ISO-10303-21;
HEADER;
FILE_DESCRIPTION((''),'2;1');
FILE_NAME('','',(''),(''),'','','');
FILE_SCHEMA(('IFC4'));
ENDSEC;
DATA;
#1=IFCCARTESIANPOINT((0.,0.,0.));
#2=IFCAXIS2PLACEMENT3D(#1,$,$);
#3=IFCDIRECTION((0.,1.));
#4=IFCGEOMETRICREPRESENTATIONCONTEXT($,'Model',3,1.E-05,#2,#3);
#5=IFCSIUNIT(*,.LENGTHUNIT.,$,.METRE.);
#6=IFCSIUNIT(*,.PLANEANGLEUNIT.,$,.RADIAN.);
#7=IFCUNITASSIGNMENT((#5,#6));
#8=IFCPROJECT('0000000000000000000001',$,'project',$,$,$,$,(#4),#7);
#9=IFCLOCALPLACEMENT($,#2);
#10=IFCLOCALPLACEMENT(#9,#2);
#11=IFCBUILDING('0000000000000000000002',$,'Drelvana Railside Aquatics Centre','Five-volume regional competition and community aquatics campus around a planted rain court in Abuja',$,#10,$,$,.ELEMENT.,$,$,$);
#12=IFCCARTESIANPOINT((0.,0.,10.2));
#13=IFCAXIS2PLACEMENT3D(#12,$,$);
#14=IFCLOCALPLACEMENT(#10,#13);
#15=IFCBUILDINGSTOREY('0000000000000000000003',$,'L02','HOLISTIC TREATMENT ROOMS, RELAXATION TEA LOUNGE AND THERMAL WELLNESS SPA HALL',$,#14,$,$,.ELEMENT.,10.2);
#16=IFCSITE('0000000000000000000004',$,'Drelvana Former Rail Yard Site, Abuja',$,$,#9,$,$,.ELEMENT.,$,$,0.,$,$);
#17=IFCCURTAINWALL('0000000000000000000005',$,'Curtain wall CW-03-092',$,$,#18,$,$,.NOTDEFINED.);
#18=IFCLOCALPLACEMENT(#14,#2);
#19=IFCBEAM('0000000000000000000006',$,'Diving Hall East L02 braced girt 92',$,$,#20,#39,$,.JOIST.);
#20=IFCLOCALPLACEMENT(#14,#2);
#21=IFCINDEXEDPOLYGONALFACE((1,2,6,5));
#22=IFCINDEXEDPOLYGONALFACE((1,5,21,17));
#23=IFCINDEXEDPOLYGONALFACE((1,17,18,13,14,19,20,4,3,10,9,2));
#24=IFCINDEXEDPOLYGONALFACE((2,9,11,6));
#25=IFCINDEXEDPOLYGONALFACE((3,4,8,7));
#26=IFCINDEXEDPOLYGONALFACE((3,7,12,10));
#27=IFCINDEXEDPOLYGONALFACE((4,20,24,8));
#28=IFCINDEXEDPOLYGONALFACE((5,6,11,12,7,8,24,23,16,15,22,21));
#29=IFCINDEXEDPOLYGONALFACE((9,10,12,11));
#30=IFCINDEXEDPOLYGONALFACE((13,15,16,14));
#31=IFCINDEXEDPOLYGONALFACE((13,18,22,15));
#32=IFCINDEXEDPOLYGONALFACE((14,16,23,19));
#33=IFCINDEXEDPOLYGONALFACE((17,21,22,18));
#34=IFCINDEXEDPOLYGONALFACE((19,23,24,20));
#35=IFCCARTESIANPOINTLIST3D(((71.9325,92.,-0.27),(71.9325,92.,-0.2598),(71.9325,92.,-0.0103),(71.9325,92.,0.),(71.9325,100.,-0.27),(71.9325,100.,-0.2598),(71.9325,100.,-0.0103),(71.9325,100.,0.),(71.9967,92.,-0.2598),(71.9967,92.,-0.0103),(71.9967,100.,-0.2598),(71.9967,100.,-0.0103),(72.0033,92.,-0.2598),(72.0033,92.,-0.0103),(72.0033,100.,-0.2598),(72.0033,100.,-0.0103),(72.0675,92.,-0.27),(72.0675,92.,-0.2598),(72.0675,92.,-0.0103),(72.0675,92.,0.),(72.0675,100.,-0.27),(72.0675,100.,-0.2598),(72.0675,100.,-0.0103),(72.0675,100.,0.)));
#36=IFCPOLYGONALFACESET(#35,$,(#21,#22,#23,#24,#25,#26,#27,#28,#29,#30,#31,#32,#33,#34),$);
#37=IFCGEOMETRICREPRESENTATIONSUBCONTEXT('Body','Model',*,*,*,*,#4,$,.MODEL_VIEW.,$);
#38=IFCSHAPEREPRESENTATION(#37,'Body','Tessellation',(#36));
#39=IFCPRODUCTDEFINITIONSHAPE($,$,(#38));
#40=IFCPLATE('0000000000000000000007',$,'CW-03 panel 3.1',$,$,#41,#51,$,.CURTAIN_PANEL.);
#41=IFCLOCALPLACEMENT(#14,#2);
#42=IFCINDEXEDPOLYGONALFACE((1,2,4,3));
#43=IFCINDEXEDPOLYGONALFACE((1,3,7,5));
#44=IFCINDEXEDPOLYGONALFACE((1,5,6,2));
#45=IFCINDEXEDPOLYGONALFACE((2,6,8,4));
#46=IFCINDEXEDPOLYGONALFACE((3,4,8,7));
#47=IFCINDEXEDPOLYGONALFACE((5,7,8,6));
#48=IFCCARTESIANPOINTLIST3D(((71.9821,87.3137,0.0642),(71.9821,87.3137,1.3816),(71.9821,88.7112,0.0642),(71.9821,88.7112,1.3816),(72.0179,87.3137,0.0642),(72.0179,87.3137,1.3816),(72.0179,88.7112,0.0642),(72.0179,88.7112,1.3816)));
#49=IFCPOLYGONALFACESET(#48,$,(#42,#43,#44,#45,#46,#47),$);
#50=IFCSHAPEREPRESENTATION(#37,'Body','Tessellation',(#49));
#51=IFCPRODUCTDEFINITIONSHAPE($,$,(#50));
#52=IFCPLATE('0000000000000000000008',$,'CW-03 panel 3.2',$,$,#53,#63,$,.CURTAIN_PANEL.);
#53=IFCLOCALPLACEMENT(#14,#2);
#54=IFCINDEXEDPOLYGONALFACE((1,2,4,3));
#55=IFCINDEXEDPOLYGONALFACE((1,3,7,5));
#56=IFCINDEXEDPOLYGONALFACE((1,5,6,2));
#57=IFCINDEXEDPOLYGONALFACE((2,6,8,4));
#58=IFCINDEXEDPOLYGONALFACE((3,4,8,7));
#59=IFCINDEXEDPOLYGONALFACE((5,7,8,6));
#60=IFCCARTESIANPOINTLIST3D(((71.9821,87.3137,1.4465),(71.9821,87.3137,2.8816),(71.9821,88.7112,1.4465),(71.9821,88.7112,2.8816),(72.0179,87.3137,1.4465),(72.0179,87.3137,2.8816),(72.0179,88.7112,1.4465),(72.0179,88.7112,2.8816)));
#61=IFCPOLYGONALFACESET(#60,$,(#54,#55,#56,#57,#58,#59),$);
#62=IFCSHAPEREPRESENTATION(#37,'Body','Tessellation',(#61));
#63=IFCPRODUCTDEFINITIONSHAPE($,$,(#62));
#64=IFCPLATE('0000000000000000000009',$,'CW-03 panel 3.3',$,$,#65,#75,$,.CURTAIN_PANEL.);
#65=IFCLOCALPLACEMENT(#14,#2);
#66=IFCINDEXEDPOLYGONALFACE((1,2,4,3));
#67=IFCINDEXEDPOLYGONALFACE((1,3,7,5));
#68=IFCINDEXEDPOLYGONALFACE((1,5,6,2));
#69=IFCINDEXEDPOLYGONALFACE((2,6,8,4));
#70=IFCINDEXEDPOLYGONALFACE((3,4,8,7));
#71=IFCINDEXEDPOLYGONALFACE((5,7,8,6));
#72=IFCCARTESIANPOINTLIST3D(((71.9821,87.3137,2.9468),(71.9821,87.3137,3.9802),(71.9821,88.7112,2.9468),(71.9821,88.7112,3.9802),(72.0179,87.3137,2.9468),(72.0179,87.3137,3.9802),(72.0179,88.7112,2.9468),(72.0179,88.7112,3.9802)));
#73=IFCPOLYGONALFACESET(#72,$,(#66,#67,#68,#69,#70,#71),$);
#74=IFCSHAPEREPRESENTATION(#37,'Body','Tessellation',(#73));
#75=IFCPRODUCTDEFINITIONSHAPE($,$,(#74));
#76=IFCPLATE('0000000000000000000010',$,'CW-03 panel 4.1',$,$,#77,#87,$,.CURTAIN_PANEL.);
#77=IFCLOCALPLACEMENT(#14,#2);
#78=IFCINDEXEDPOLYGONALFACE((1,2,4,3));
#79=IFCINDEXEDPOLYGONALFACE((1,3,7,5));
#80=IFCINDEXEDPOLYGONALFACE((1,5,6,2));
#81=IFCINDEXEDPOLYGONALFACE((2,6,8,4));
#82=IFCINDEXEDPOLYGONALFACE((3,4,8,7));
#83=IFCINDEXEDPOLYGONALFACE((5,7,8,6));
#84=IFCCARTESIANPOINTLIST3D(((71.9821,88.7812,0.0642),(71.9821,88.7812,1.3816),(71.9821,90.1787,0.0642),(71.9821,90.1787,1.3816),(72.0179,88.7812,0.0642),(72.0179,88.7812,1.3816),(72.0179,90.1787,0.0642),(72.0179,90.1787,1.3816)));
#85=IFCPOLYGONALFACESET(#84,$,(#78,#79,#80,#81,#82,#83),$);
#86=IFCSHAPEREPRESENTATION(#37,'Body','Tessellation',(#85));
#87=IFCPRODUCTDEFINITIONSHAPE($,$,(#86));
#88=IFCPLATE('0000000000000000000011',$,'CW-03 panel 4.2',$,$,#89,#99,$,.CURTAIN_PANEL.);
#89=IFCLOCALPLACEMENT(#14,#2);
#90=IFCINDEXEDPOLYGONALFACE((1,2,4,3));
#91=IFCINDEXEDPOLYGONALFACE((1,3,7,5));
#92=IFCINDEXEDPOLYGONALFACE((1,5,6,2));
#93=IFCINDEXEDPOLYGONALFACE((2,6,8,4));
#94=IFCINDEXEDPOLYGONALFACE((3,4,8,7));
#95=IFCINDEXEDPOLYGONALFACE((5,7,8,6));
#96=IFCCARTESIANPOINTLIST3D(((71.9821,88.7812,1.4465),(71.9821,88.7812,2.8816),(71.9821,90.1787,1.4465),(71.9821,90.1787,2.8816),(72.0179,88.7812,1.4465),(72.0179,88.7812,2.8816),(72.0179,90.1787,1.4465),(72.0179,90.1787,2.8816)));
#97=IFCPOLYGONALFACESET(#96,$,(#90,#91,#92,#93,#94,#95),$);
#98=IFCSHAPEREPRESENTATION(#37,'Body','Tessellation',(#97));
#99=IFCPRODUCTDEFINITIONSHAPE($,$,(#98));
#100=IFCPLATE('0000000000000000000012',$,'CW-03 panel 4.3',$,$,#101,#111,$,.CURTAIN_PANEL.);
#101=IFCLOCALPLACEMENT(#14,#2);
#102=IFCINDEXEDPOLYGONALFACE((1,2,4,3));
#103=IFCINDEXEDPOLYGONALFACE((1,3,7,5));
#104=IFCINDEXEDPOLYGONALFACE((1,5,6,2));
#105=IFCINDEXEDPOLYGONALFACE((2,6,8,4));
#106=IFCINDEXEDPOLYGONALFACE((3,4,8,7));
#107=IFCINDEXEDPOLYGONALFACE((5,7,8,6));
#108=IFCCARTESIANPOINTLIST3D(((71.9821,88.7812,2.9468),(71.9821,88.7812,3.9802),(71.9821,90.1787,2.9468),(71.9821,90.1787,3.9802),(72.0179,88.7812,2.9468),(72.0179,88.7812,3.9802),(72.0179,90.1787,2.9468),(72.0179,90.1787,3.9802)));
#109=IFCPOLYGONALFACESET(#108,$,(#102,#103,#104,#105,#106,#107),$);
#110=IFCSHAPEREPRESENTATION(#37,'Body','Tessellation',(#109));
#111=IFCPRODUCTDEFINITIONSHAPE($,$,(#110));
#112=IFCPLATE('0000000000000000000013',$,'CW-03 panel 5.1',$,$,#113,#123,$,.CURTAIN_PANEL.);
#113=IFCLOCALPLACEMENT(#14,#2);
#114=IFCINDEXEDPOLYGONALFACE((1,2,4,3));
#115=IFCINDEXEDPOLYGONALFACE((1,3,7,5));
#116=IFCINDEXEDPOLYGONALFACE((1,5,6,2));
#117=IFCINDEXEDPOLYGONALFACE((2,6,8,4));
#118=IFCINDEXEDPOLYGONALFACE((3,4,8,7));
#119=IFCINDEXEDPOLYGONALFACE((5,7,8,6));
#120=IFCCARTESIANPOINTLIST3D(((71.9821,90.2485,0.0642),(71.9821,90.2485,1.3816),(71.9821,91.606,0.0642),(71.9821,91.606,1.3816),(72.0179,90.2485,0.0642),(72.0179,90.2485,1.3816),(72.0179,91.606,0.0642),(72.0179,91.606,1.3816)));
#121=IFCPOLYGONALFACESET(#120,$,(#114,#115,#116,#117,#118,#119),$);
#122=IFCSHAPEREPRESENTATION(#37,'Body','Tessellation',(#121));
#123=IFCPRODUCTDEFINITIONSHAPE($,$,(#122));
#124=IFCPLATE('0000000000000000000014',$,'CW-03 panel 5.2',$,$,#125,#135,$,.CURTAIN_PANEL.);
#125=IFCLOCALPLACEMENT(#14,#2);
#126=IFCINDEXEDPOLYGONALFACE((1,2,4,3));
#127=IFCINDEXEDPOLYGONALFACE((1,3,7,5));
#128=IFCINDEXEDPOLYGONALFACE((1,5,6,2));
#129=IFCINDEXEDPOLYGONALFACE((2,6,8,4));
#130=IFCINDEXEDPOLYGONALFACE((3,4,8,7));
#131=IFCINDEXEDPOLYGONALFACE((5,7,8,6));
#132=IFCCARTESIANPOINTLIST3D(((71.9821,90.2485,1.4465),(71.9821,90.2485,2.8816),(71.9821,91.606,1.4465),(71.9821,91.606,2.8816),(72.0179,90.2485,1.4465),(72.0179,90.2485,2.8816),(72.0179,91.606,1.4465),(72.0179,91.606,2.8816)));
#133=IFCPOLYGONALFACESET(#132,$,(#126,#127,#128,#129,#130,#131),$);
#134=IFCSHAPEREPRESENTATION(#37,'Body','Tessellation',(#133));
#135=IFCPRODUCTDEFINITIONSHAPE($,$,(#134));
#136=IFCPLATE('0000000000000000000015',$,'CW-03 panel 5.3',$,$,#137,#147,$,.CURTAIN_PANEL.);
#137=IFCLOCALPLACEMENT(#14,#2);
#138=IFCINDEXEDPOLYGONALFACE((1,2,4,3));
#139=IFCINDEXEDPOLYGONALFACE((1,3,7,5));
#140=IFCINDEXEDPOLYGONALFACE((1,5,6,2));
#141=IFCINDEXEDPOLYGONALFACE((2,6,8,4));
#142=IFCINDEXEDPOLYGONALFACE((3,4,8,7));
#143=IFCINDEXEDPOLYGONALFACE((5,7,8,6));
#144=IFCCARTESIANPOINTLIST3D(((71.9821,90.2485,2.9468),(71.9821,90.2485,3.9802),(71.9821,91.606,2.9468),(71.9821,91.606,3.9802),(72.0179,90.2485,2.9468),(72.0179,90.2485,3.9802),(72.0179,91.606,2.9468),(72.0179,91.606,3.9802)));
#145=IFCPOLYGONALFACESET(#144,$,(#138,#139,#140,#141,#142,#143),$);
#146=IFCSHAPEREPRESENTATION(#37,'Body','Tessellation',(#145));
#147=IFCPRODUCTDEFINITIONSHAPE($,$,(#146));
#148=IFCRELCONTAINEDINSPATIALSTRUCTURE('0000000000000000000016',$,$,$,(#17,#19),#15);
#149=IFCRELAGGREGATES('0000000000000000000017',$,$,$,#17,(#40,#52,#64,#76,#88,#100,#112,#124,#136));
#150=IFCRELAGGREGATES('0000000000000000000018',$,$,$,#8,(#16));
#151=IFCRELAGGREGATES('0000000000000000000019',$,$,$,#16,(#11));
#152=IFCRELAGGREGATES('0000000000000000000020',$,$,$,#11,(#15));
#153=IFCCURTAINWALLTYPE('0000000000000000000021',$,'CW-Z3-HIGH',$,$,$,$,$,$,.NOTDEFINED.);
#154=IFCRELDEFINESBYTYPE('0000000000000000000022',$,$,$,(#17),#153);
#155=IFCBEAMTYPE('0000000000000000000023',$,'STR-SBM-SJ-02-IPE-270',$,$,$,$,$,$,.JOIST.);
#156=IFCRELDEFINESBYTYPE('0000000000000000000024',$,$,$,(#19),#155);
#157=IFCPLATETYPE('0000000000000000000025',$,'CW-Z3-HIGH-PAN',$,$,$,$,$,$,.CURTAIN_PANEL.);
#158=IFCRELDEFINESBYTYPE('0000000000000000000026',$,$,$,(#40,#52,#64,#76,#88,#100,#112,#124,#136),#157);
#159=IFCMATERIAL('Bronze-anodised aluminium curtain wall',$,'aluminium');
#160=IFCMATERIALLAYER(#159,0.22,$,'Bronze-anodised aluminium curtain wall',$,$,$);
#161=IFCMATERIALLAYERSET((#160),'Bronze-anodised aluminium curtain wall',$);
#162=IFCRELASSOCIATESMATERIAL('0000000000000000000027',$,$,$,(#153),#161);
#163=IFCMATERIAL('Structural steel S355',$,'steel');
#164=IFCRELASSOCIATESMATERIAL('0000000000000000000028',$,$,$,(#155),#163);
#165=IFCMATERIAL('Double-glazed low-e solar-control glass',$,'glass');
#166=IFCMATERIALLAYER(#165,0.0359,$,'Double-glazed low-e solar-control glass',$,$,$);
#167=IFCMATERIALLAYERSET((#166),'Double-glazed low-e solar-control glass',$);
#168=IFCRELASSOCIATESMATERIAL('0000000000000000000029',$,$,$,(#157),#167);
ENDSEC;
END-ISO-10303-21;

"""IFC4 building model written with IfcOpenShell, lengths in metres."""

from ifc_helpers import new_model, si_unit, direction, frame, origin, origin_2d, place, context, subcontext, project, spatial, rectangle, i_section, extrude, material, layer, layer_set, material_profile, profile_set, type_object, element, aggregate, save


model = new_model("IFC4")

# Units and contexts
model_context = context("Model", 3, precision=1e-05, world=origin(), true_north=direction((0.0, 1.0)))
body_context = subcontext(model_context, "Body", "Model", "MODEL_VIEW")
ifc_project = project(units=[si_unit("LENGTHUNIT", "METRE"), si_unit("PLANEANGLEUNIT", "RADIAN")], contexts=[model_context])

# Site, building, storey
site_placement = place(None, origin())
site = spatial("IfcSite", under=ifc_project, at=site_placement, Name="Drelvana Former Rail Yard Site, Abuja", CompositionType="ELEMENT", RefElevation=0.0)
building_placement = place(site_placement, origin())
building = spatial("IfcBuilding", under=site, at=building_placement, Name="Drelvana Railside Aquatics Centre", Description="Five-volume regional competition and community aquatics campus around a planted rain court in Abuja", CompositionType="ELEMENT")
storey_placement = place(building_placement, frame((0.0, 0.0, 10.2)))
storey = spatial("IfcBuildingStorey", under=building, at=storey_placement, Name="L02", Description="HOLISTIC TREATMENT ROOMS, RELAXATION TEA LOUNGE AND THERMAL WELLNESS SPA HALL", CompositionType="ELEMENT", Elevation=10.2)

# Curtain wall
ifc_material_1 = material(Name="Bronze-anodised aluminium curtain wall", Category="aluminium")
ifc_layer_1 = layer(ifc_material_1, 0.22, Name="Bronze-anodised aluminium curtain wall")
ifc_layer_set_1 = layer_set([ifc_layer_1], Name="Bronze-anodised aluminium curtain wall")
curtain_wall_type = type_object("IfcCurtainWallType", Name="CW-Z3-HIGH", PredefinedType="NOTDEFINED", material=ifc_layer_set_1)
curtain_wall_placement = place(storey_placement, origin())
curtain_wall = element("IfcCurtainWall", 1, at=curtain_wall_placement, inside=storey, type_object=curtain_wall_type, Name="Curtain wall CW-03-092", PredefinedType="NOTDEFINED")

# Beam
ifc_material_2 = material(Name="Structural steel S355", Category="steel")
ifc_material_profile_1 = material_profile(ifc_material_2, i_section(OverallWidth=0.135, OverallDepth=0.27, WebThickness=0.0066, FlangeThickness=0.0103, at=origin_2d()), Name="IPE 270")
ifc_profile_set_1 = profile_set([ifc_material_profile_1], Name="Structural steel S355")
beam_type = type_object("IfcBeamType", Name="STR-SBM-SJ-02-IPE-270", PredefinedType="JOIST", material=ifc_profile_set_1)
beam_placement = place(storey_placement, frame((72.0, 92.0, -0.135), z_axis=(0.0, 1.0, 0.0), x_axis=(-1.0, 0.0, 0.0)))
element("IfcBeam", 2, at=beam_placement, inside=storey, type_object=beam_type, Name="Diving Hall East L02 braced girt 92", PredefinedType="JOIST", context=body_context, shape_type="SweptSolid", body=[
    extrude(i_section(OverallWidth=0.135, OverallDepth=0.27, WebThickness=0.0066, FlangeThickness=0.0103, at=origin_2d()), origin(), (0.0, 0.0, 1.0), 8.0),
])

# Plates
ifc_material_3 = material(Name="Double-glazed low-e solar-control glass", Category="glass")
ifc_layer_2 = layer(ifc_material_3, 0.0359, Name="Double-glazed low-e solar-control glass")
ifc_layer_set_2 = layer_set([ifc_layer_2], Name="Double-glazed low-e solar-control glass")
plate_type = type_object("IfcPlateType", Name="CW-Z3-HIGH-PAN", PredefinedType="CURTAIN_PANEL", material=ifc_layer_set_2)
plate_1_placement = place(storey_placement, frame((72.0, 88.0125, 0.0642), z_axis=(0.0, 0.0, 1.0), x_axis=(0.0, 1.0, 0.0)))
plate_1 = element("IfcPlate", 3, at=plate_1_placement, type_object=plate_type, Name="CW-03 panel 3.1", PredefinedType="CURTAIN_PANEL", context=body_context, shape_type="SweptSolid", body=[
    extrude(rectangle(XDim=1.3975, YDim=0.0359, at=origin_2d()), origin(), (0.0, 0.0, 1.0), 1.3174),
])
plate_2_placement = place(storey_placement, frame((72.0, 88.0125, 1.4465), z_axis=(0.0, 0.0, 1.0), x_axis=(0.0, 1.0, 0.0)))
plate_2 = element("IfcPlate", 4, at=plate_2_placement, type_object=plate_type, Name="CW-03 panel 3.2", PredefinedType="CURTAIN_PANEL", context=body_context, shape_type="SweptSolid", body=[
    extrude(rectangle(XDim=1.3975, YDim=0.0359, at=origin_2d()), origin(), (0.0, 0.0, 1.0), 1.4351),
])
plate_3_placement = place(storey_placement, frame((72.0, 88.0125, 2.9468), z_axis=(0.0, 0.0, 1.0), x_axis=(0.0, 1.0, 0.0)))
plate_3 = element("IfcPlate", 5, at=plate_3_placement, type_object=plate_type, Name="CW-03 panel 3.3", PredefinedType="CURTAIN_PANEL", context=body_context, shape_type="SweptSolid", body=[
    extrude(rectangle(XDim=1.3975, YDim=0.0359, at=origin_2d()), origin(), (0.0, 0.0, 1.0), 1.0334),
])
plate_4_placement = place(storey_placement, frame((72.0, 89.48, 0.0642), z_axis=(0.0, 0.0, 1.0), x_axis=(0.0, 1.0, 0.0)))
plate_4 = element("IfcPlate", 6, at=plate_4_placement, type_object=plate_type, Name="CW-03 panel 4.1", PredefinedType="CURTAIN_PANEL", context=body_context, shape_type="SweptSolid", body=[
    extrude(rectangle(XDim=1.3975, YDim=0.0359, at=origin_2d()), origin(), (0.0, 0.0, 1.0), 1.3174),
])
plate_5_placement = place(storey_placement, frame((72.0, 89.48, 1.4465), z_axis=(0.0, 0.0, 1.0), x_axis=(0.0, 1.0, 0.0)))
plate_5 = element("IfcPlate", 7, at=plate_5_placement, type_object=plate_type, Name="CW-03 panel 4.2", PredefinedType="CURTAIN_PANEL", context=body_context, shape_type="SweptSolid", body=[
    extrude(rectangle(XDim=1.3975, YDim=0.0359, at=origin_2d()), origin(), (0.0, 0.0, 1.0), 1.4351),
])
plate_6_placement = place(storey_placement, frame((72.0, 89.48, 2.9468), z_axis=(0.0, 0.0, 1.0), x_axis=(0.0, 1.0, 0.0)))
plate_6 = element("IfcPlate", 8, at=plate_6_placement, type_object=plate_type, Name="CW-03 panel 4.3", PredefinedType="CURTAIN_PANEL", context=body_context, shape_type="SweptSolid", body=[
    extrude(rectangle(XDim=1.3975, YDim=0.0359, at=origin_2d()), origin(), (0.0, 0.0, 1.0), 1.0334),
])
plate_7_placement = place(storey_placement, frame((72.0, 90.9272, 0.0642), z_axis=(0.0, 0.0, 1.0), x_axis=(0.0, 1.0, 0.0)))
plate_7 = element("IfcPlate", 9, at=plate_7_placement, type_object=plate_type, Name="CW-03 panel 5.1", PredefinedType="CURTAIN_PANEL", context=body_context, shape_type="SweptSolid", body=[
    extrude(rectangle(XDim=1.3574, YDim=0.0359, at=origin_2d()), origin(), (0.0, 0.0, 1.0), 1.3174),
])
plate_8_placement = place(storey_placement, frame((72.0, 90.9272, 1.4465), z_axis=(0.0, 0.0, 1.0), x_axis=(0.0, 1.0, 0.0)))
plate_8 = element("IfcPlate", 10, at=plate_8_placement, type_object=plate_type, Name="CW-03 panel 5.2", PredefinedType="CURTAIN_PANEL", context=body_context, shape_type="SweptSolid", body=[
    extrude(rectangle(XDim=1.3574, YDim=0.0359, at=origin_2d()), origin(), (0.0, 0.0, 1.0), 1.4351),
])
plate_9_placement = place(storey_placement, frame((72.0, 90.9272, 2.9468), z_axis=(0.0, 0.0, 1.0), x_axis=(0.0, 1.0, 0.0)))
plate_9 = element("IfcPlate", 11, at=plate_9_placement, type_object=plate_type, Name="CW-03 panel 5.3", PredefinedType="CURTAIN_PANEL", context=body_context, shape_type="SweptSolid", body=[
    extrude(rectangle(XDim=1.3574, YDim=0.0359, at=origin_2d()), origin(), (0.0, 0.0, 1.0), 1.0334),
])
aggregate(curtain_wall, [plate_1, plate_2, plate_3, plate_4, plate_5, plate_6, plate_7, plate_8, plate_9])

save(model, "model.ifc")
